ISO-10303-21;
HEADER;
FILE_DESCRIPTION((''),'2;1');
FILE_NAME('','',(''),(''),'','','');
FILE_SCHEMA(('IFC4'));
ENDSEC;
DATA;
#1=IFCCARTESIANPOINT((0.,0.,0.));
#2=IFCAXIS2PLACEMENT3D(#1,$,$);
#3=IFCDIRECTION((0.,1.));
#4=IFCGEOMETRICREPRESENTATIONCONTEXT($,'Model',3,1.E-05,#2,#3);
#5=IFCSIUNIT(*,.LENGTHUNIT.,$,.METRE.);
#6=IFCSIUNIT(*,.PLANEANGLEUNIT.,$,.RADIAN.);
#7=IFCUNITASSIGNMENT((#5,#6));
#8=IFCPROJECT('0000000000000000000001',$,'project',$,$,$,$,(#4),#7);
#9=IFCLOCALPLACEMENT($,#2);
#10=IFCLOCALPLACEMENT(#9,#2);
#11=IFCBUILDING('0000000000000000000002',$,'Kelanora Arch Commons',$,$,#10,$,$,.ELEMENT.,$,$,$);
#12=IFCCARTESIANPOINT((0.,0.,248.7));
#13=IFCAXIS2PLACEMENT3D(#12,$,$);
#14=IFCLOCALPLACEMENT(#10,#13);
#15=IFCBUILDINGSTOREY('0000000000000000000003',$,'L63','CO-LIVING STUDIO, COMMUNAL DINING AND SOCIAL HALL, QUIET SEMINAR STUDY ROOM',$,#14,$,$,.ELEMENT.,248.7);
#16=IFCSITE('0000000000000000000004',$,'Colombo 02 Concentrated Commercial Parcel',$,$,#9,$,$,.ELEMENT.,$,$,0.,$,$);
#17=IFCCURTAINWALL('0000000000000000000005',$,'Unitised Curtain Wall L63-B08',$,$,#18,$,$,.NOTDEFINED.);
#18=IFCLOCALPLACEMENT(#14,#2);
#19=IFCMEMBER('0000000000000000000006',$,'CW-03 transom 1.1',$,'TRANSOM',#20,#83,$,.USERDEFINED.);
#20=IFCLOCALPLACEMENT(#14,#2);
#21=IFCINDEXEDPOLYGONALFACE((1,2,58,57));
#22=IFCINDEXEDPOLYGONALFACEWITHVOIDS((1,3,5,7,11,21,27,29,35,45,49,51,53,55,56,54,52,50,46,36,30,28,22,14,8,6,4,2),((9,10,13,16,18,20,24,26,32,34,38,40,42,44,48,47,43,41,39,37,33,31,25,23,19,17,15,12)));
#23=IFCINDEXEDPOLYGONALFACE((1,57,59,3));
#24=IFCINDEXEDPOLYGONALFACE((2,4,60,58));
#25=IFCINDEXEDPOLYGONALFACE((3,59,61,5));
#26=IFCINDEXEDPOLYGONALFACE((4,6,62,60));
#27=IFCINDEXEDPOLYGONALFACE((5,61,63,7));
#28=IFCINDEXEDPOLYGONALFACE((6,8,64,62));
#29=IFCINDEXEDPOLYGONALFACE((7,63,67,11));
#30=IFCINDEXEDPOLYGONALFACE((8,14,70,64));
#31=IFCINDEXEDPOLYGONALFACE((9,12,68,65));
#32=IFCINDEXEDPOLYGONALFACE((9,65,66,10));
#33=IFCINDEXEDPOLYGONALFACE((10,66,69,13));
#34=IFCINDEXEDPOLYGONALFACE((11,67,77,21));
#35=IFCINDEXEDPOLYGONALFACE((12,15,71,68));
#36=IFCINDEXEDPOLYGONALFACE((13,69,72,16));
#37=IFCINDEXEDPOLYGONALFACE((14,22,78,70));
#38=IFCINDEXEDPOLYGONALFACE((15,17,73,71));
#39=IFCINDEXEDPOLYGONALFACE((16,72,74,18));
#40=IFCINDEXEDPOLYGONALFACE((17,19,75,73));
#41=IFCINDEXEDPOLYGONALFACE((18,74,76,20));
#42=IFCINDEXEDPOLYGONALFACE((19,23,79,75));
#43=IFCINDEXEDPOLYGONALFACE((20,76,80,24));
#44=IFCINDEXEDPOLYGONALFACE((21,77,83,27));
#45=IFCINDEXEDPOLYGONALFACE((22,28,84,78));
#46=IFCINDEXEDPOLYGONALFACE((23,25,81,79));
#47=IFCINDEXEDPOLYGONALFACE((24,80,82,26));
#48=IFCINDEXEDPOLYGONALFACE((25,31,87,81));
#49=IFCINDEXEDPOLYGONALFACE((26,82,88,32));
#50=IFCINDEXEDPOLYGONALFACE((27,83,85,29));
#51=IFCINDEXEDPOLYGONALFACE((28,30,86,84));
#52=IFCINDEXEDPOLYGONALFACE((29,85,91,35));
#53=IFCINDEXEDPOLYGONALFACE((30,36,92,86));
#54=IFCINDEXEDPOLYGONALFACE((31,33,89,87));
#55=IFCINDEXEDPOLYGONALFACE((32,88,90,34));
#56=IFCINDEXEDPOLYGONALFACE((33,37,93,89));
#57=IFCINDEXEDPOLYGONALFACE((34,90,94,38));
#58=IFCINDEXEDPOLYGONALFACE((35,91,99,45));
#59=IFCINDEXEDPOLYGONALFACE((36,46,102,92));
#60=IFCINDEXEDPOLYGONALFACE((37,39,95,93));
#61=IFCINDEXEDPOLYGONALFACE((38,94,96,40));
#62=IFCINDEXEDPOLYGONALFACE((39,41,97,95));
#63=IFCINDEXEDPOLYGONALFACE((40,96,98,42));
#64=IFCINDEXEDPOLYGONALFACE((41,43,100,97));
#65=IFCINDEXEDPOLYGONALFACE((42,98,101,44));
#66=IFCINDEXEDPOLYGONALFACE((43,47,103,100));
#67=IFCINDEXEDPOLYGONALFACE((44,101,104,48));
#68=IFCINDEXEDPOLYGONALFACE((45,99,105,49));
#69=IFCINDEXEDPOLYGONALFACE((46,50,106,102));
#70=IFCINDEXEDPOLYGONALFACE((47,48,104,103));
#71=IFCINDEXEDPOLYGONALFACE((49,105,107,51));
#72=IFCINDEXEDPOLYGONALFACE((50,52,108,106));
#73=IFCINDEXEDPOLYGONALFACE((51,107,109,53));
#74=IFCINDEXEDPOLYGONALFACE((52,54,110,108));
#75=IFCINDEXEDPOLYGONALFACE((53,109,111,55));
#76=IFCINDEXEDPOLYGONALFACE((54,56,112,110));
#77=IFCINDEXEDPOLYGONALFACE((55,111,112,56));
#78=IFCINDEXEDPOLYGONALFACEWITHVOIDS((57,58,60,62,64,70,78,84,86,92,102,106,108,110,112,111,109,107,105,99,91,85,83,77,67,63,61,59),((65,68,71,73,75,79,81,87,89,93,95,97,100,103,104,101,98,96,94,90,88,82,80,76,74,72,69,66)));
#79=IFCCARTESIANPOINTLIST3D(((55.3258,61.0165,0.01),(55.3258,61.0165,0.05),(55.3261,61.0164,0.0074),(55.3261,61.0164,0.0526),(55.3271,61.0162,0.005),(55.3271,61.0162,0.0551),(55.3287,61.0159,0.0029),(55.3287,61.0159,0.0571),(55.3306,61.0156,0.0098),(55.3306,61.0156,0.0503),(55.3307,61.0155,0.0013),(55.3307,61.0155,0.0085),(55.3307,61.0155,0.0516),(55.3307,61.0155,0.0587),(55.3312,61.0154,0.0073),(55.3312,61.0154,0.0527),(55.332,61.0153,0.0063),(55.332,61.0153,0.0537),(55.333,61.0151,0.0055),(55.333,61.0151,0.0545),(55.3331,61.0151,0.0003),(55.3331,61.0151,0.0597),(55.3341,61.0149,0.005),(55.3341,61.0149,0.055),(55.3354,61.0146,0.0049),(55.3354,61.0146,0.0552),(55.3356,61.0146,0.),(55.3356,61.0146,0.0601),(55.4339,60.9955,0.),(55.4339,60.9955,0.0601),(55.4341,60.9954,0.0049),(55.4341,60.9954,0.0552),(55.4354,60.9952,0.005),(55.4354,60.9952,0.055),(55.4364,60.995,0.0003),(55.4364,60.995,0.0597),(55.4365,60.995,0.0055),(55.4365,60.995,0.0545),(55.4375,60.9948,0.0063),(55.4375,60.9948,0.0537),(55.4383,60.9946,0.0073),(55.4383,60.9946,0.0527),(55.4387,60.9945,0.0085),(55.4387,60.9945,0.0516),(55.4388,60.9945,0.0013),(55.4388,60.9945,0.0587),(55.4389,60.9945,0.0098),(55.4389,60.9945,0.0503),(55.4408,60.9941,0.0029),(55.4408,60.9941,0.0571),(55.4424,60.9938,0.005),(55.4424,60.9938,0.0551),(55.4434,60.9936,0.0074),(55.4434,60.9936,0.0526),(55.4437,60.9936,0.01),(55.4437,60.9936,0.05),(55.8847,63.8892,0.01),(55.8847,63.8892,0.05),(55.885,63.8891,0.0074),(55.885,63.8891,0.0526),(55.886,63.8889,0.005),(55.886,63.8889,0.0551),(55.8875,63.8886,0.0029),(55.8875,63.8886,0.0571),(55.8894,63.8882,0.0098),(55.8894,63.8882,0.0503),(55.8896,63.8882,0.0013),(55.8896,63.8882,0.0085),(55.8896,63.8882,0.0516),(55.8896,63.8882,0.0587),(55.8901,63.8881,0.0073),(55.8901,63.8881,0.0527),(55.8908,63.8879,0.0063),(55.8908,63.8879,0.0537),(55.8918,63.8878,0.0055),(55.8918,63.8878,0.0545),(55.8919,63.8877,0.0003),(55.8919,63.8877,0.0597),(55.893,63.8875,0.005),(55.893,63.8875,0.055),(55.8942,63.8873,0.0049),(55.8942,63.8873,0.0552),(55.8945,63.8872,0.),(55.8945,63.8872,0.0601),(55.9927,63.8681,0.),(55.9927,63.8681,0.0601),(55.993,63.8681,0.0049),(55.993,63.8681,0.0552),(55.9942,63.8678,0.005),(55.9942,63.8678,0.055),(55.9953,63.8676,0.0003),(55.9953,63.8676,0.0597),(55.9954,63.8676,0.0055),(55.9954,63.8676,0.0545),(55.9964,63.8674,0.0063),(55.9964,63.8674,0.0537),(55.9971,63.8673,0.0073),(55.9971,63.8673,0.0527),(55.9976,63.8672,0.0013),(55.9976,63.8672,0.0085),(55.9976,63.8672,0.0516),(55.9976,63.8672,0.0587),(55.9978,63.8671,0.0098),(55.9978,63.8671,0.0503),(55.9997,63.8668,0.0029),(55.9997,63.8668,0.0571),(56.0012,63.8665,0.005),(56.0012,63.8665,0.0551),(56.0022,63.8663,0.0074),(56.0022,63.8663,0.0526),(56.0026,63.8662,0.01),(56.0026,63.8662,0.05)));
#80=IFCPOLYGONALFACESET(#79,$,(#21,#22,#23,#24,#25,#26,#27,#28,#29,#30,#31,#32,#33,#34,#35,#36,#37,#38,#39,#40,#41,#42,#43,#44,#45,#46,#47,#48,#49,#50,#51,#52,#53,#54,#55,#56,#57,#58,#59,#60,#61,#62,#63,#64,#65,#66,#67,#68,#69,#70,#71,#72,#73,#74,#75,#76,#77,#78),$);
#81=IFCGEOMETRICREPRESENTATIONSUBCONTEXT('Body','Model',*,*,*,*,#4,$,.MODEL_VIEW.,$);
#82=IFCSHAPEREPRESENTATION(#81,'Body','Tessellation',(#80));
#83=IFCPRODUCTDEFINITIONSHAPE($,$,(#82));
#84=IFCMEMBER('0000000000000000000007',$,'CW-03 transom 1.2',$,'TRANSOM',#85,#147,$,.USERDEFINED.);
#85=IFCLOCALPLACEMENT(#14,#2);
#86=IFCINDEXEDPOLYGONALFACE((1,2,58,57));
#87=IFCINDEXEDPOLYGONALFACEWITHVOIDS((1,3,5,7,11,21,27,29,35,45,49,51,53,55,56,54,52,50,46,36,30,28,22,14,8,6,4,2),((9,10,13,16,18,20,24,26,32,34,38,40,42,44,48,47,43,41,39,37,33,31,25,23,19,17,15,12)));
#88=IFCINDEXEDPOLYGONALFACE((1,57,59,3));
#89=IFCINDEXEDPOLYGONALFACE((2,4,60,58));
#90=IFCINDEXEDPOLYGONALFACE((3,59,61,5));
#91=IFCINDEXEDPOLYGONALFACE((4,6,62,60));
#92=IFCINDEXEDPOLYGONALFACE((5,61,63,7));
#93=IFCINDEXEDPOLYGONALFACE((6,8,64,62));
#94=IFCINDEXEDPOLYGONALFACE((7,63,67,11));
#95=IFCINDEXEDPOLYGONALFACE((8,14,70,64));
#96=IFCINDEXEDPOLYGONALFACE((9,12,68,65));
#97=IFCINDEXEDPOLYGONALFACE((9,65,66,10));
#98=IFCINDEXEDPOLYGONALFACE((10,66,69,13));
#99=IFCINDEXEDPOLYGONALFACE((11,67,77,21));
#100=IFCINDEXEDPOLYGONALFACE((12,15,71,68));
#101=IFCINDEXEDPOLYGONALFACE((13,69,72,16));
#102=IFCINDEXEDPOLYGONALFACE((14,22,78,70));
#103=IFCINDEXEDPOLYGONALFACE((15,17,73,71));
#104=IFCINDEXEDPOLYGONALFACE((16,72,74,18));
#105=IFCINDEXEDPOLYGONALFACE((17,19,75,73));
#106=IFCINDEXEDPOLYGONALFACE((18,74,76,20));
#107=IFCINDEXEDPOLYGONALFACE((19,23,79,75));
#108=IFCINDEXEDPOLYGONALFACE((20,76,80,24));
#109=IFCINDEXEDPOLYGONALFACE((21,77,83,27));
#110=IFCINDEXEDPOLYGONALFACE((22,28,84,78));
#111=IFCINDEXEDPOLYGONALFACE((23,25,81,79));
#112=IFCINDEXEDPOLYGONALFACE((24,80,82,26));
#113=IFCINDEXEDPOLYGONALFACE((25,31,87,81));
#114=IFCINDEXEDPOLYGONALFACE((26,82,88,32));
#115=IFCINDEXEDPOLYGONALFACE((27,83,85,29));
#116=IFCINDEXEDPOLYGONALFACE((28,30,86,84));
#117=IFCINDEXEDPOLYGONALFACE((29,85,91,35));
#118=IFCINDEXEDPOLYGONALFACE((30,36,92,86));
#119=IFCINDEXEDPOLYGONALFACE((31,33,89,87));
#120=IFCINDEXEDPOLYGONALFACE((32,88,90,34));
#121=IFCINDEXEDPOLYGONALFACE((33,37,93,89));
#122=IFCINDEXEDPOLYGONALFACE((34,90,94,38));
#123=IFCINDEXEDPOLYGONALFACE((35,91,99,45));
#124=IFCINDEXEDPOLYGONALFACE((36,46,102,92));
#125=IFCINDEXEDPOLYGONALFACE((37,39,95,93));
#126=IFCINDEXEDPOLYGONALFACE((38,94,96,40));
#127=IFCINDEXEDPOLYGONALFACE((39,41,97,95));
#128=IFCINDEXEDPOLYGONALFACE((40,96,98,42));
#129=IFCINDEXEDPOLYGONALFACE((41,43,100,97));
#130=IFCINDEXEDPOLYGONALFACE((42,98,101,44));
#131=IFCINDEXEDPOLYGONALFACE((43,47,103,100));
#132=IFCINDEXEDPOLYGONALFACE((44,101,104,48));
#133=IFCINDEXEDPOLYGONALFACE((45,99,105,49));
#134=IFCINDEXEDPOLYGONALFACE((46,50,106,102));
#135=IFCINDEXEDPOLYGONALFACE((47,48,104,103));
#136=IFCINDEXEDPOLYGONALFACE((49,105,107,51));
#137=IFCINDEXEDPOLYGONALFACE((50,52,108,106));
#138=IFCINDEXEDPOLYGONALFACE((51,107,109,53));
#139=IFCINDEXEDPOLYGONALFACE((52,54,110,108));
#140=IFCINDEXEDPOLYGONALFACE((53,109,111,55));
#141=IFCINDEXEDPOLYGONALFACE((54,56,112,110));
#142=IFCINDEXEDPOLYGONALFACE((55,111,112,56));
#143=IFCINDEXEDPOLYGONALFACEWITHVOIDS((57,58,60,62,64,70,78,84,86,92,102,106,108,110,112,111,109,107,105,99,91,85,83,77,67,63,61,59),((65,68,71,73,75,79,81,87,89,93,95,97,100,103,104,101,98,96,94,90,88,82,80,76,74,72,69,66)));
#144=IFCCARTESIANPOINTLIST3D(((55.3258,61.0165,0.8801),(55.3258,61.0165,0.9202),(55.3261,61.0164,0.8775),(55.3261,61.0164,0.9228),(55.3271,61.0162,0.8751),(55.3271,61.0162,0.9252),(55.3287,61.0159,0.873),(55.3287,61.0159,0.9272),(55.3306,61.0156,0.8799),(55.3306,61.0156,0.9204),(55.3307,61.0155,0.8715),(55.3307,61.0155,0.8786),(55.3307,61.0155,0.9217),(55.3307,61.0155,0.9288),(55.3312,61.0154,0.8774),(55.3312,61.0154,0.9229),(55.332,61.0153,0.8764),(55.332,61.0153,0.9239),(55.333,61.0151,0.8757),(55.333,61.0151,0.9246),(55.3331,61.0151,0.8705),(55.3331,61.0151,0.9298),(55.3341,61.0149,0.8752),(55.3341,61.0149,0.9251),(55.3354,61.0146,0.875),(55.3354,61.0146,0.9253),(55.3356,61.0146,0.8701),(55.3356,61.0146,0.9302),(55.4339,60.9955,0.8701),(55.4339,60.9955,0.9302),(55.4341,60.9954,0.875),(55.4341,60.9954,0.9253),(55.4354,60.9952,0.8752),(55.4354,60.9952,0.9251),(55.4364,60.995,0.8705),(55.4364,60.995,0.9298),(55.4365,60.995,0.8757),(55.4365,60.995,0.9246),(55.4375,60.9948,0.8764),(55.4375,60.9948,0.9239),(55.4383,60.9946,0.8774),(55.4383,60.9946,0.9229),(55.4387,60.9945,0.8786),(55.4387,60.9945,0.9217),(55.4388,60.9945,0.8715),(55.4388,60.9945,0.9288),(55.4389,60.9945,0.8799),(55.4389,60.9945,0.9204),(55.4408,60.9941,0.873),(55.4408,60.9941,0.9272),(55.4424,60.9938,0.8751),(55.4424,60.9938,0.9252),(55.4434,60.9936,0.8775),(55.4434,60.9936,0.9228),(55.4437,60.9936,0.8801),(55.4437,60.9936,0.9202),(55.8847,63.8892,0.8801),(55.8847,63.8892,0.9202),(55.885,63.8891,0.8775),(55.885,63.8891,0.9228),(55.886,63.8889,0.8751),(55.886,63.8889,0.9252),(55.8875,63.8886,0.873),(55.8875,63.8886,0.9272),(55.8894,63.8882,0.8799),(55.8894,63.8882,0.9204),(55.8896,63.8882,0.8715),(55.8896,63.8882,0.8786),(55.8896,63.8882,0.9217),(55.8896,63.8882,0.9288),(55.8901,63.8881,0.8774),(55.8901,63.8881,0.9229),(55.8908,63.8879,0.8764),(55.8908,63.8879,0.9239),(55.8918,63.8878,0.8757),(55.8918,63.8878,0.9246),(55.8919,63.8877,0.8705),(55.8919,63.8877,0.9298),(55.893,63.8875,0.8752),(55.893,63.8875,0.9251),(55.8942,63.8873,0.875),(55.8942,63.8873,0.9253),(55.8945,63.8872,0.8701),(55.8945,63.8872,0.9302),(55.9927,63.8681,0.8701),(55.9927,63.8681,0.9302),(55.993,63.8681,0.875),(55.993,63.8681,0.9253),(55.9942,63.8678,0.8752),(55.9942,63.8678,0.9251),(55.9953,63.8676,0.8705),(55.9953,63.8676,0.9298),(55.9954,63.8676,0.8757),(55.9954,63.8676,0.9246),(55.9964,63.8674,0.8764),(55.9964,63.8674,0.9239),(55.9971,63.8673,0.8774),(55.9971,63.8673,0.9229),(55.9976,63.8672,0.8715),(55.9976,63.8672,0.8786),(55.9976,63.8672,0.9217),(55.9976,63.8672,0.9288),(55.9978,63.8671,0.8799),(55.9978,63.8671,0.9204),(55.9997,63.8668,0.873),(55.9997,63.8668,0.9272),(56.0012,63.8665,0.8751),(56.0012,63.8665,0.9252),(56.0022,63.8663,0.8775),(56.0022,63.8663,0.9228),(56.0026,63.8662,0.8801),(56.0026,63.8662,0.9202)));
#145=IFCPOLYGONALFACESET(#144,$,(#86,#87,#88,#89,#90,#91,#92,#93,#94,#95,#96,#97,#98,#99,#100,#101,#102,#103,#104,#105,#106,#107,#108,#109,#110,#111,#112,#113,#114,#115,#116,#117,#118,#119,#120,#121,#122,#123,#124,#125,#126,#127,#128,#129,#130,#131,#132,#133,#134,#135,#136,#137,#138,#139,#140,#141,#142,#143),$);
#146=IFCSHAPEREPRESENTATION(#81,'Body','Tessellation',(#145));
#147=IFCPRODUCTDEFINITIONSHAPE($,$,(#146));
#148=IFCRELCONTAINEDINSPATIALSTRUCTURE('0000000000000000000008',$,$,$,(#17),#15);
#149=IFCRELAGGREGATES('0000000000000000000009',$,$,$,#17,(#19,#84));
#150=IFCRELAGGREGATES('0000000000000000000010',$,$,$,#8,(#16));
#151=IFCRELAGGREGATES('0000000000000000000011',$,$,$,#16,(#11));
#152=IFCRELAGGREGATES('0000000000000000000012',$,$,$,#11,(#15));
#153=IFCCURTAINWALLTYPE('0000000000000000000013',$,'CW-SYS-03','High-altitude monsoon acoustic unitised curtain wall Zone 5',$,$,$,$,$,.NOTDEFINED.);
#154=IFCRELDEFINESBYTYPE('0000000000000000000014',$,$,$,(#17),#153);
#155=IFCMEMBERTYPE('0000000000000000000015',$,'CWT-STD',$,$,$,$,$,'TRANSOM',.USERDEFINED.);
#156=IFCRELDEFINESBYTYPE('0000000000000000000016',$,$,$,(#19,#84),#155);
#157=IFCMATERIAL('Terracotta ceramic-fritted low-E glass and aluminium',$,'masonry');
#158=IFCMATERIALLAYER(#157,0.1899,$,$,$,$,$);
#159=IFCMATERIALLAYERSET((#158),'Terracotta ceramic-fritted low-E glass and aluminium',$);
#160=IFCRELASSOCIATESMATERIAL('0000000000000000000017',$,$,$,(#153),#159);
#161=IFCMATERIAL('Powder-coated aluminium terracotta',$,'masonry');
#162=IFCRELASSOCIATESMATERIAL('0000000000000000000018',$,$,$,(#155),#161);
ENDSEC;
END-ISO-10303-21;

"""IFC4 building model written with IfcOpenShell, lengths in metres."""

from ifc_helpers import new_model, si_unit, direction, frame, origin, origin_2d, place, context, subcontext, project, spatial, hollow_rectangle, extrude, material, layer, layer_set, material_profile, profile_set, type_object, element, aggregate, save


model = new_model("IFC4")

# Units and contexts
model_context = context("Model", 3, precision=1e-05, world=origin(), true_north=direction((0.0, 1.0)))
body_context = subcontext(model_context, "Body", "Model", "MODEL_VIEW")
ifc_project = project(units=[si_unit("LENGTHUNIT", "METRE"), si_unit("PLANEANGLEUNIT", "RADIAN")], contexts=[model_context])

# Site, building, storey
site_placement = place(None, origin())
site = spatial("IfcSite", under=ifc_project, at=site_placement, Name="Colombo 02 Concentrated Commercial Parcel", CompositionType="ELEMENT", RefElevation=0.0)
building_placement = place(site_placement, origin())
building = spatial("IfcBuilding", under=site, at=building_placement, Name="Kelanora Arch Commons", CompositionType="ELEMENT")
storey_placement = place(building_placement, frame((0.0, 0.0, 248.7)))
storey = spatial("IfcBuildingStorey", under=building, at=storey_placement, Name="L63", Description="CO-LIVING STUDIO, COMMUNAL DINING AND SOCIAL HALL, QUIET SEMINAR STUDY ROOM", CompositionType="ELEMENT", Elevation=248.7)

# Curtain wall, members
ifc_material_1 = material(Name="Terracotta ceramic-fritted low-E glass and aluminium", Category="masonry")
ifc_layer_1 = layer(ifc_material_1, 0.1899)
ifc_layer_set_1 = layer_set([ifc_layer_1], Name="Terracotta ceramic-fritted low-E glass and aluminium")
curtain_wall_type = type_object("IfcCurtainWallType", Name="CW-SYS-03", Description="High-altitude monsoon acoustic unitised curtain wall Zone 5", PredefinedType="NOTDEFINED", material=ifc_layer_set_1)
curtain_wall_placement = place(storey_placement, origin())
curtain_wall = element("IfcCurtainWall", 1, at=curtain_wall_placement, inside=storey, type_object=curtain_wall_type, Name="Unitised Curtain Wall L63-B08", PredefinedType="NOTDEFINED")
ifc_material_2 = material(Name="Powder-coated aluminium terracotta", Category="masonry")
ifc_material_profile_1 = material_profile(ifc_material_2, hollow_rectangle(XDim=0.1201, YDim=0.0601, WallThickness=0.0049, InnerFilletRadius=0.0049, OuterFilletRadius=0.01, at=origin_2d()), Name="CWT120x60")
ifc_profile_set_1 = profile_set([ifc_material_profile_1], Name="Powder-coated aluminium terracotta")
member_type_1 = type_object("IfcMemberType", Name="CWT-STD", ElementType="TRANSOM", PredefinedType="USERDEFINED", material=ifc_profile_set_1)
member_1_placement = place(storey_placement, frame((55.9436, 63.8777, 0.03), z_axis=(-0.190963, -0.981597, 0.0), x_axis=(0.981597, -0.190963, 0.0)))
member_1 = element("IfcMember", 2, at=member_1_placement, type_object=member_type_1, Name="CW-03 transom 1.1", ObjectType="TRANSOM", PredefinedType="USERDEFINED", context=body_context, shape_type="SweptSolid", body=[
    extrude(hollow_rectangle(XDim=0.1201, YDim=0.0601, WallThickness=0.0049, InnerFilletRadius=0.0049, OuterFilletRadius=0.01, at=origin_2d()), origin(), (0.0, 0.0, 1.0), 2.9265),
])
member_2_placement = place(storey_placement, frame((55.9436, 63.8777, 0.9001), z_axis=(-0.190963, -0.981597, 0.0), x_axis=(0.981597, -0.190963, 0.0)))
member_2 = element("IfcMember", 3, at=member_2_placement, type_object=member_type_1, Name="CW-03 transom 1.2", ObjectType="TRANSOM", PredefinedType="USERDEFINED", context=body_context, shape_type="SweptSolid", body=[
    extrude(hollow_rectangle(XDim=0.1201, YDim=0.0601, WallThickness=0.0049, InnerFilletRadius=0.0049, OuterFilletRadius=0.01, at=origin_2d()), origin(), (0.0, 0.0, 1.0), 2.9265),
])
aggregate(curtain_wall, [member_1, member_2])

save(model, "model.ifc")
